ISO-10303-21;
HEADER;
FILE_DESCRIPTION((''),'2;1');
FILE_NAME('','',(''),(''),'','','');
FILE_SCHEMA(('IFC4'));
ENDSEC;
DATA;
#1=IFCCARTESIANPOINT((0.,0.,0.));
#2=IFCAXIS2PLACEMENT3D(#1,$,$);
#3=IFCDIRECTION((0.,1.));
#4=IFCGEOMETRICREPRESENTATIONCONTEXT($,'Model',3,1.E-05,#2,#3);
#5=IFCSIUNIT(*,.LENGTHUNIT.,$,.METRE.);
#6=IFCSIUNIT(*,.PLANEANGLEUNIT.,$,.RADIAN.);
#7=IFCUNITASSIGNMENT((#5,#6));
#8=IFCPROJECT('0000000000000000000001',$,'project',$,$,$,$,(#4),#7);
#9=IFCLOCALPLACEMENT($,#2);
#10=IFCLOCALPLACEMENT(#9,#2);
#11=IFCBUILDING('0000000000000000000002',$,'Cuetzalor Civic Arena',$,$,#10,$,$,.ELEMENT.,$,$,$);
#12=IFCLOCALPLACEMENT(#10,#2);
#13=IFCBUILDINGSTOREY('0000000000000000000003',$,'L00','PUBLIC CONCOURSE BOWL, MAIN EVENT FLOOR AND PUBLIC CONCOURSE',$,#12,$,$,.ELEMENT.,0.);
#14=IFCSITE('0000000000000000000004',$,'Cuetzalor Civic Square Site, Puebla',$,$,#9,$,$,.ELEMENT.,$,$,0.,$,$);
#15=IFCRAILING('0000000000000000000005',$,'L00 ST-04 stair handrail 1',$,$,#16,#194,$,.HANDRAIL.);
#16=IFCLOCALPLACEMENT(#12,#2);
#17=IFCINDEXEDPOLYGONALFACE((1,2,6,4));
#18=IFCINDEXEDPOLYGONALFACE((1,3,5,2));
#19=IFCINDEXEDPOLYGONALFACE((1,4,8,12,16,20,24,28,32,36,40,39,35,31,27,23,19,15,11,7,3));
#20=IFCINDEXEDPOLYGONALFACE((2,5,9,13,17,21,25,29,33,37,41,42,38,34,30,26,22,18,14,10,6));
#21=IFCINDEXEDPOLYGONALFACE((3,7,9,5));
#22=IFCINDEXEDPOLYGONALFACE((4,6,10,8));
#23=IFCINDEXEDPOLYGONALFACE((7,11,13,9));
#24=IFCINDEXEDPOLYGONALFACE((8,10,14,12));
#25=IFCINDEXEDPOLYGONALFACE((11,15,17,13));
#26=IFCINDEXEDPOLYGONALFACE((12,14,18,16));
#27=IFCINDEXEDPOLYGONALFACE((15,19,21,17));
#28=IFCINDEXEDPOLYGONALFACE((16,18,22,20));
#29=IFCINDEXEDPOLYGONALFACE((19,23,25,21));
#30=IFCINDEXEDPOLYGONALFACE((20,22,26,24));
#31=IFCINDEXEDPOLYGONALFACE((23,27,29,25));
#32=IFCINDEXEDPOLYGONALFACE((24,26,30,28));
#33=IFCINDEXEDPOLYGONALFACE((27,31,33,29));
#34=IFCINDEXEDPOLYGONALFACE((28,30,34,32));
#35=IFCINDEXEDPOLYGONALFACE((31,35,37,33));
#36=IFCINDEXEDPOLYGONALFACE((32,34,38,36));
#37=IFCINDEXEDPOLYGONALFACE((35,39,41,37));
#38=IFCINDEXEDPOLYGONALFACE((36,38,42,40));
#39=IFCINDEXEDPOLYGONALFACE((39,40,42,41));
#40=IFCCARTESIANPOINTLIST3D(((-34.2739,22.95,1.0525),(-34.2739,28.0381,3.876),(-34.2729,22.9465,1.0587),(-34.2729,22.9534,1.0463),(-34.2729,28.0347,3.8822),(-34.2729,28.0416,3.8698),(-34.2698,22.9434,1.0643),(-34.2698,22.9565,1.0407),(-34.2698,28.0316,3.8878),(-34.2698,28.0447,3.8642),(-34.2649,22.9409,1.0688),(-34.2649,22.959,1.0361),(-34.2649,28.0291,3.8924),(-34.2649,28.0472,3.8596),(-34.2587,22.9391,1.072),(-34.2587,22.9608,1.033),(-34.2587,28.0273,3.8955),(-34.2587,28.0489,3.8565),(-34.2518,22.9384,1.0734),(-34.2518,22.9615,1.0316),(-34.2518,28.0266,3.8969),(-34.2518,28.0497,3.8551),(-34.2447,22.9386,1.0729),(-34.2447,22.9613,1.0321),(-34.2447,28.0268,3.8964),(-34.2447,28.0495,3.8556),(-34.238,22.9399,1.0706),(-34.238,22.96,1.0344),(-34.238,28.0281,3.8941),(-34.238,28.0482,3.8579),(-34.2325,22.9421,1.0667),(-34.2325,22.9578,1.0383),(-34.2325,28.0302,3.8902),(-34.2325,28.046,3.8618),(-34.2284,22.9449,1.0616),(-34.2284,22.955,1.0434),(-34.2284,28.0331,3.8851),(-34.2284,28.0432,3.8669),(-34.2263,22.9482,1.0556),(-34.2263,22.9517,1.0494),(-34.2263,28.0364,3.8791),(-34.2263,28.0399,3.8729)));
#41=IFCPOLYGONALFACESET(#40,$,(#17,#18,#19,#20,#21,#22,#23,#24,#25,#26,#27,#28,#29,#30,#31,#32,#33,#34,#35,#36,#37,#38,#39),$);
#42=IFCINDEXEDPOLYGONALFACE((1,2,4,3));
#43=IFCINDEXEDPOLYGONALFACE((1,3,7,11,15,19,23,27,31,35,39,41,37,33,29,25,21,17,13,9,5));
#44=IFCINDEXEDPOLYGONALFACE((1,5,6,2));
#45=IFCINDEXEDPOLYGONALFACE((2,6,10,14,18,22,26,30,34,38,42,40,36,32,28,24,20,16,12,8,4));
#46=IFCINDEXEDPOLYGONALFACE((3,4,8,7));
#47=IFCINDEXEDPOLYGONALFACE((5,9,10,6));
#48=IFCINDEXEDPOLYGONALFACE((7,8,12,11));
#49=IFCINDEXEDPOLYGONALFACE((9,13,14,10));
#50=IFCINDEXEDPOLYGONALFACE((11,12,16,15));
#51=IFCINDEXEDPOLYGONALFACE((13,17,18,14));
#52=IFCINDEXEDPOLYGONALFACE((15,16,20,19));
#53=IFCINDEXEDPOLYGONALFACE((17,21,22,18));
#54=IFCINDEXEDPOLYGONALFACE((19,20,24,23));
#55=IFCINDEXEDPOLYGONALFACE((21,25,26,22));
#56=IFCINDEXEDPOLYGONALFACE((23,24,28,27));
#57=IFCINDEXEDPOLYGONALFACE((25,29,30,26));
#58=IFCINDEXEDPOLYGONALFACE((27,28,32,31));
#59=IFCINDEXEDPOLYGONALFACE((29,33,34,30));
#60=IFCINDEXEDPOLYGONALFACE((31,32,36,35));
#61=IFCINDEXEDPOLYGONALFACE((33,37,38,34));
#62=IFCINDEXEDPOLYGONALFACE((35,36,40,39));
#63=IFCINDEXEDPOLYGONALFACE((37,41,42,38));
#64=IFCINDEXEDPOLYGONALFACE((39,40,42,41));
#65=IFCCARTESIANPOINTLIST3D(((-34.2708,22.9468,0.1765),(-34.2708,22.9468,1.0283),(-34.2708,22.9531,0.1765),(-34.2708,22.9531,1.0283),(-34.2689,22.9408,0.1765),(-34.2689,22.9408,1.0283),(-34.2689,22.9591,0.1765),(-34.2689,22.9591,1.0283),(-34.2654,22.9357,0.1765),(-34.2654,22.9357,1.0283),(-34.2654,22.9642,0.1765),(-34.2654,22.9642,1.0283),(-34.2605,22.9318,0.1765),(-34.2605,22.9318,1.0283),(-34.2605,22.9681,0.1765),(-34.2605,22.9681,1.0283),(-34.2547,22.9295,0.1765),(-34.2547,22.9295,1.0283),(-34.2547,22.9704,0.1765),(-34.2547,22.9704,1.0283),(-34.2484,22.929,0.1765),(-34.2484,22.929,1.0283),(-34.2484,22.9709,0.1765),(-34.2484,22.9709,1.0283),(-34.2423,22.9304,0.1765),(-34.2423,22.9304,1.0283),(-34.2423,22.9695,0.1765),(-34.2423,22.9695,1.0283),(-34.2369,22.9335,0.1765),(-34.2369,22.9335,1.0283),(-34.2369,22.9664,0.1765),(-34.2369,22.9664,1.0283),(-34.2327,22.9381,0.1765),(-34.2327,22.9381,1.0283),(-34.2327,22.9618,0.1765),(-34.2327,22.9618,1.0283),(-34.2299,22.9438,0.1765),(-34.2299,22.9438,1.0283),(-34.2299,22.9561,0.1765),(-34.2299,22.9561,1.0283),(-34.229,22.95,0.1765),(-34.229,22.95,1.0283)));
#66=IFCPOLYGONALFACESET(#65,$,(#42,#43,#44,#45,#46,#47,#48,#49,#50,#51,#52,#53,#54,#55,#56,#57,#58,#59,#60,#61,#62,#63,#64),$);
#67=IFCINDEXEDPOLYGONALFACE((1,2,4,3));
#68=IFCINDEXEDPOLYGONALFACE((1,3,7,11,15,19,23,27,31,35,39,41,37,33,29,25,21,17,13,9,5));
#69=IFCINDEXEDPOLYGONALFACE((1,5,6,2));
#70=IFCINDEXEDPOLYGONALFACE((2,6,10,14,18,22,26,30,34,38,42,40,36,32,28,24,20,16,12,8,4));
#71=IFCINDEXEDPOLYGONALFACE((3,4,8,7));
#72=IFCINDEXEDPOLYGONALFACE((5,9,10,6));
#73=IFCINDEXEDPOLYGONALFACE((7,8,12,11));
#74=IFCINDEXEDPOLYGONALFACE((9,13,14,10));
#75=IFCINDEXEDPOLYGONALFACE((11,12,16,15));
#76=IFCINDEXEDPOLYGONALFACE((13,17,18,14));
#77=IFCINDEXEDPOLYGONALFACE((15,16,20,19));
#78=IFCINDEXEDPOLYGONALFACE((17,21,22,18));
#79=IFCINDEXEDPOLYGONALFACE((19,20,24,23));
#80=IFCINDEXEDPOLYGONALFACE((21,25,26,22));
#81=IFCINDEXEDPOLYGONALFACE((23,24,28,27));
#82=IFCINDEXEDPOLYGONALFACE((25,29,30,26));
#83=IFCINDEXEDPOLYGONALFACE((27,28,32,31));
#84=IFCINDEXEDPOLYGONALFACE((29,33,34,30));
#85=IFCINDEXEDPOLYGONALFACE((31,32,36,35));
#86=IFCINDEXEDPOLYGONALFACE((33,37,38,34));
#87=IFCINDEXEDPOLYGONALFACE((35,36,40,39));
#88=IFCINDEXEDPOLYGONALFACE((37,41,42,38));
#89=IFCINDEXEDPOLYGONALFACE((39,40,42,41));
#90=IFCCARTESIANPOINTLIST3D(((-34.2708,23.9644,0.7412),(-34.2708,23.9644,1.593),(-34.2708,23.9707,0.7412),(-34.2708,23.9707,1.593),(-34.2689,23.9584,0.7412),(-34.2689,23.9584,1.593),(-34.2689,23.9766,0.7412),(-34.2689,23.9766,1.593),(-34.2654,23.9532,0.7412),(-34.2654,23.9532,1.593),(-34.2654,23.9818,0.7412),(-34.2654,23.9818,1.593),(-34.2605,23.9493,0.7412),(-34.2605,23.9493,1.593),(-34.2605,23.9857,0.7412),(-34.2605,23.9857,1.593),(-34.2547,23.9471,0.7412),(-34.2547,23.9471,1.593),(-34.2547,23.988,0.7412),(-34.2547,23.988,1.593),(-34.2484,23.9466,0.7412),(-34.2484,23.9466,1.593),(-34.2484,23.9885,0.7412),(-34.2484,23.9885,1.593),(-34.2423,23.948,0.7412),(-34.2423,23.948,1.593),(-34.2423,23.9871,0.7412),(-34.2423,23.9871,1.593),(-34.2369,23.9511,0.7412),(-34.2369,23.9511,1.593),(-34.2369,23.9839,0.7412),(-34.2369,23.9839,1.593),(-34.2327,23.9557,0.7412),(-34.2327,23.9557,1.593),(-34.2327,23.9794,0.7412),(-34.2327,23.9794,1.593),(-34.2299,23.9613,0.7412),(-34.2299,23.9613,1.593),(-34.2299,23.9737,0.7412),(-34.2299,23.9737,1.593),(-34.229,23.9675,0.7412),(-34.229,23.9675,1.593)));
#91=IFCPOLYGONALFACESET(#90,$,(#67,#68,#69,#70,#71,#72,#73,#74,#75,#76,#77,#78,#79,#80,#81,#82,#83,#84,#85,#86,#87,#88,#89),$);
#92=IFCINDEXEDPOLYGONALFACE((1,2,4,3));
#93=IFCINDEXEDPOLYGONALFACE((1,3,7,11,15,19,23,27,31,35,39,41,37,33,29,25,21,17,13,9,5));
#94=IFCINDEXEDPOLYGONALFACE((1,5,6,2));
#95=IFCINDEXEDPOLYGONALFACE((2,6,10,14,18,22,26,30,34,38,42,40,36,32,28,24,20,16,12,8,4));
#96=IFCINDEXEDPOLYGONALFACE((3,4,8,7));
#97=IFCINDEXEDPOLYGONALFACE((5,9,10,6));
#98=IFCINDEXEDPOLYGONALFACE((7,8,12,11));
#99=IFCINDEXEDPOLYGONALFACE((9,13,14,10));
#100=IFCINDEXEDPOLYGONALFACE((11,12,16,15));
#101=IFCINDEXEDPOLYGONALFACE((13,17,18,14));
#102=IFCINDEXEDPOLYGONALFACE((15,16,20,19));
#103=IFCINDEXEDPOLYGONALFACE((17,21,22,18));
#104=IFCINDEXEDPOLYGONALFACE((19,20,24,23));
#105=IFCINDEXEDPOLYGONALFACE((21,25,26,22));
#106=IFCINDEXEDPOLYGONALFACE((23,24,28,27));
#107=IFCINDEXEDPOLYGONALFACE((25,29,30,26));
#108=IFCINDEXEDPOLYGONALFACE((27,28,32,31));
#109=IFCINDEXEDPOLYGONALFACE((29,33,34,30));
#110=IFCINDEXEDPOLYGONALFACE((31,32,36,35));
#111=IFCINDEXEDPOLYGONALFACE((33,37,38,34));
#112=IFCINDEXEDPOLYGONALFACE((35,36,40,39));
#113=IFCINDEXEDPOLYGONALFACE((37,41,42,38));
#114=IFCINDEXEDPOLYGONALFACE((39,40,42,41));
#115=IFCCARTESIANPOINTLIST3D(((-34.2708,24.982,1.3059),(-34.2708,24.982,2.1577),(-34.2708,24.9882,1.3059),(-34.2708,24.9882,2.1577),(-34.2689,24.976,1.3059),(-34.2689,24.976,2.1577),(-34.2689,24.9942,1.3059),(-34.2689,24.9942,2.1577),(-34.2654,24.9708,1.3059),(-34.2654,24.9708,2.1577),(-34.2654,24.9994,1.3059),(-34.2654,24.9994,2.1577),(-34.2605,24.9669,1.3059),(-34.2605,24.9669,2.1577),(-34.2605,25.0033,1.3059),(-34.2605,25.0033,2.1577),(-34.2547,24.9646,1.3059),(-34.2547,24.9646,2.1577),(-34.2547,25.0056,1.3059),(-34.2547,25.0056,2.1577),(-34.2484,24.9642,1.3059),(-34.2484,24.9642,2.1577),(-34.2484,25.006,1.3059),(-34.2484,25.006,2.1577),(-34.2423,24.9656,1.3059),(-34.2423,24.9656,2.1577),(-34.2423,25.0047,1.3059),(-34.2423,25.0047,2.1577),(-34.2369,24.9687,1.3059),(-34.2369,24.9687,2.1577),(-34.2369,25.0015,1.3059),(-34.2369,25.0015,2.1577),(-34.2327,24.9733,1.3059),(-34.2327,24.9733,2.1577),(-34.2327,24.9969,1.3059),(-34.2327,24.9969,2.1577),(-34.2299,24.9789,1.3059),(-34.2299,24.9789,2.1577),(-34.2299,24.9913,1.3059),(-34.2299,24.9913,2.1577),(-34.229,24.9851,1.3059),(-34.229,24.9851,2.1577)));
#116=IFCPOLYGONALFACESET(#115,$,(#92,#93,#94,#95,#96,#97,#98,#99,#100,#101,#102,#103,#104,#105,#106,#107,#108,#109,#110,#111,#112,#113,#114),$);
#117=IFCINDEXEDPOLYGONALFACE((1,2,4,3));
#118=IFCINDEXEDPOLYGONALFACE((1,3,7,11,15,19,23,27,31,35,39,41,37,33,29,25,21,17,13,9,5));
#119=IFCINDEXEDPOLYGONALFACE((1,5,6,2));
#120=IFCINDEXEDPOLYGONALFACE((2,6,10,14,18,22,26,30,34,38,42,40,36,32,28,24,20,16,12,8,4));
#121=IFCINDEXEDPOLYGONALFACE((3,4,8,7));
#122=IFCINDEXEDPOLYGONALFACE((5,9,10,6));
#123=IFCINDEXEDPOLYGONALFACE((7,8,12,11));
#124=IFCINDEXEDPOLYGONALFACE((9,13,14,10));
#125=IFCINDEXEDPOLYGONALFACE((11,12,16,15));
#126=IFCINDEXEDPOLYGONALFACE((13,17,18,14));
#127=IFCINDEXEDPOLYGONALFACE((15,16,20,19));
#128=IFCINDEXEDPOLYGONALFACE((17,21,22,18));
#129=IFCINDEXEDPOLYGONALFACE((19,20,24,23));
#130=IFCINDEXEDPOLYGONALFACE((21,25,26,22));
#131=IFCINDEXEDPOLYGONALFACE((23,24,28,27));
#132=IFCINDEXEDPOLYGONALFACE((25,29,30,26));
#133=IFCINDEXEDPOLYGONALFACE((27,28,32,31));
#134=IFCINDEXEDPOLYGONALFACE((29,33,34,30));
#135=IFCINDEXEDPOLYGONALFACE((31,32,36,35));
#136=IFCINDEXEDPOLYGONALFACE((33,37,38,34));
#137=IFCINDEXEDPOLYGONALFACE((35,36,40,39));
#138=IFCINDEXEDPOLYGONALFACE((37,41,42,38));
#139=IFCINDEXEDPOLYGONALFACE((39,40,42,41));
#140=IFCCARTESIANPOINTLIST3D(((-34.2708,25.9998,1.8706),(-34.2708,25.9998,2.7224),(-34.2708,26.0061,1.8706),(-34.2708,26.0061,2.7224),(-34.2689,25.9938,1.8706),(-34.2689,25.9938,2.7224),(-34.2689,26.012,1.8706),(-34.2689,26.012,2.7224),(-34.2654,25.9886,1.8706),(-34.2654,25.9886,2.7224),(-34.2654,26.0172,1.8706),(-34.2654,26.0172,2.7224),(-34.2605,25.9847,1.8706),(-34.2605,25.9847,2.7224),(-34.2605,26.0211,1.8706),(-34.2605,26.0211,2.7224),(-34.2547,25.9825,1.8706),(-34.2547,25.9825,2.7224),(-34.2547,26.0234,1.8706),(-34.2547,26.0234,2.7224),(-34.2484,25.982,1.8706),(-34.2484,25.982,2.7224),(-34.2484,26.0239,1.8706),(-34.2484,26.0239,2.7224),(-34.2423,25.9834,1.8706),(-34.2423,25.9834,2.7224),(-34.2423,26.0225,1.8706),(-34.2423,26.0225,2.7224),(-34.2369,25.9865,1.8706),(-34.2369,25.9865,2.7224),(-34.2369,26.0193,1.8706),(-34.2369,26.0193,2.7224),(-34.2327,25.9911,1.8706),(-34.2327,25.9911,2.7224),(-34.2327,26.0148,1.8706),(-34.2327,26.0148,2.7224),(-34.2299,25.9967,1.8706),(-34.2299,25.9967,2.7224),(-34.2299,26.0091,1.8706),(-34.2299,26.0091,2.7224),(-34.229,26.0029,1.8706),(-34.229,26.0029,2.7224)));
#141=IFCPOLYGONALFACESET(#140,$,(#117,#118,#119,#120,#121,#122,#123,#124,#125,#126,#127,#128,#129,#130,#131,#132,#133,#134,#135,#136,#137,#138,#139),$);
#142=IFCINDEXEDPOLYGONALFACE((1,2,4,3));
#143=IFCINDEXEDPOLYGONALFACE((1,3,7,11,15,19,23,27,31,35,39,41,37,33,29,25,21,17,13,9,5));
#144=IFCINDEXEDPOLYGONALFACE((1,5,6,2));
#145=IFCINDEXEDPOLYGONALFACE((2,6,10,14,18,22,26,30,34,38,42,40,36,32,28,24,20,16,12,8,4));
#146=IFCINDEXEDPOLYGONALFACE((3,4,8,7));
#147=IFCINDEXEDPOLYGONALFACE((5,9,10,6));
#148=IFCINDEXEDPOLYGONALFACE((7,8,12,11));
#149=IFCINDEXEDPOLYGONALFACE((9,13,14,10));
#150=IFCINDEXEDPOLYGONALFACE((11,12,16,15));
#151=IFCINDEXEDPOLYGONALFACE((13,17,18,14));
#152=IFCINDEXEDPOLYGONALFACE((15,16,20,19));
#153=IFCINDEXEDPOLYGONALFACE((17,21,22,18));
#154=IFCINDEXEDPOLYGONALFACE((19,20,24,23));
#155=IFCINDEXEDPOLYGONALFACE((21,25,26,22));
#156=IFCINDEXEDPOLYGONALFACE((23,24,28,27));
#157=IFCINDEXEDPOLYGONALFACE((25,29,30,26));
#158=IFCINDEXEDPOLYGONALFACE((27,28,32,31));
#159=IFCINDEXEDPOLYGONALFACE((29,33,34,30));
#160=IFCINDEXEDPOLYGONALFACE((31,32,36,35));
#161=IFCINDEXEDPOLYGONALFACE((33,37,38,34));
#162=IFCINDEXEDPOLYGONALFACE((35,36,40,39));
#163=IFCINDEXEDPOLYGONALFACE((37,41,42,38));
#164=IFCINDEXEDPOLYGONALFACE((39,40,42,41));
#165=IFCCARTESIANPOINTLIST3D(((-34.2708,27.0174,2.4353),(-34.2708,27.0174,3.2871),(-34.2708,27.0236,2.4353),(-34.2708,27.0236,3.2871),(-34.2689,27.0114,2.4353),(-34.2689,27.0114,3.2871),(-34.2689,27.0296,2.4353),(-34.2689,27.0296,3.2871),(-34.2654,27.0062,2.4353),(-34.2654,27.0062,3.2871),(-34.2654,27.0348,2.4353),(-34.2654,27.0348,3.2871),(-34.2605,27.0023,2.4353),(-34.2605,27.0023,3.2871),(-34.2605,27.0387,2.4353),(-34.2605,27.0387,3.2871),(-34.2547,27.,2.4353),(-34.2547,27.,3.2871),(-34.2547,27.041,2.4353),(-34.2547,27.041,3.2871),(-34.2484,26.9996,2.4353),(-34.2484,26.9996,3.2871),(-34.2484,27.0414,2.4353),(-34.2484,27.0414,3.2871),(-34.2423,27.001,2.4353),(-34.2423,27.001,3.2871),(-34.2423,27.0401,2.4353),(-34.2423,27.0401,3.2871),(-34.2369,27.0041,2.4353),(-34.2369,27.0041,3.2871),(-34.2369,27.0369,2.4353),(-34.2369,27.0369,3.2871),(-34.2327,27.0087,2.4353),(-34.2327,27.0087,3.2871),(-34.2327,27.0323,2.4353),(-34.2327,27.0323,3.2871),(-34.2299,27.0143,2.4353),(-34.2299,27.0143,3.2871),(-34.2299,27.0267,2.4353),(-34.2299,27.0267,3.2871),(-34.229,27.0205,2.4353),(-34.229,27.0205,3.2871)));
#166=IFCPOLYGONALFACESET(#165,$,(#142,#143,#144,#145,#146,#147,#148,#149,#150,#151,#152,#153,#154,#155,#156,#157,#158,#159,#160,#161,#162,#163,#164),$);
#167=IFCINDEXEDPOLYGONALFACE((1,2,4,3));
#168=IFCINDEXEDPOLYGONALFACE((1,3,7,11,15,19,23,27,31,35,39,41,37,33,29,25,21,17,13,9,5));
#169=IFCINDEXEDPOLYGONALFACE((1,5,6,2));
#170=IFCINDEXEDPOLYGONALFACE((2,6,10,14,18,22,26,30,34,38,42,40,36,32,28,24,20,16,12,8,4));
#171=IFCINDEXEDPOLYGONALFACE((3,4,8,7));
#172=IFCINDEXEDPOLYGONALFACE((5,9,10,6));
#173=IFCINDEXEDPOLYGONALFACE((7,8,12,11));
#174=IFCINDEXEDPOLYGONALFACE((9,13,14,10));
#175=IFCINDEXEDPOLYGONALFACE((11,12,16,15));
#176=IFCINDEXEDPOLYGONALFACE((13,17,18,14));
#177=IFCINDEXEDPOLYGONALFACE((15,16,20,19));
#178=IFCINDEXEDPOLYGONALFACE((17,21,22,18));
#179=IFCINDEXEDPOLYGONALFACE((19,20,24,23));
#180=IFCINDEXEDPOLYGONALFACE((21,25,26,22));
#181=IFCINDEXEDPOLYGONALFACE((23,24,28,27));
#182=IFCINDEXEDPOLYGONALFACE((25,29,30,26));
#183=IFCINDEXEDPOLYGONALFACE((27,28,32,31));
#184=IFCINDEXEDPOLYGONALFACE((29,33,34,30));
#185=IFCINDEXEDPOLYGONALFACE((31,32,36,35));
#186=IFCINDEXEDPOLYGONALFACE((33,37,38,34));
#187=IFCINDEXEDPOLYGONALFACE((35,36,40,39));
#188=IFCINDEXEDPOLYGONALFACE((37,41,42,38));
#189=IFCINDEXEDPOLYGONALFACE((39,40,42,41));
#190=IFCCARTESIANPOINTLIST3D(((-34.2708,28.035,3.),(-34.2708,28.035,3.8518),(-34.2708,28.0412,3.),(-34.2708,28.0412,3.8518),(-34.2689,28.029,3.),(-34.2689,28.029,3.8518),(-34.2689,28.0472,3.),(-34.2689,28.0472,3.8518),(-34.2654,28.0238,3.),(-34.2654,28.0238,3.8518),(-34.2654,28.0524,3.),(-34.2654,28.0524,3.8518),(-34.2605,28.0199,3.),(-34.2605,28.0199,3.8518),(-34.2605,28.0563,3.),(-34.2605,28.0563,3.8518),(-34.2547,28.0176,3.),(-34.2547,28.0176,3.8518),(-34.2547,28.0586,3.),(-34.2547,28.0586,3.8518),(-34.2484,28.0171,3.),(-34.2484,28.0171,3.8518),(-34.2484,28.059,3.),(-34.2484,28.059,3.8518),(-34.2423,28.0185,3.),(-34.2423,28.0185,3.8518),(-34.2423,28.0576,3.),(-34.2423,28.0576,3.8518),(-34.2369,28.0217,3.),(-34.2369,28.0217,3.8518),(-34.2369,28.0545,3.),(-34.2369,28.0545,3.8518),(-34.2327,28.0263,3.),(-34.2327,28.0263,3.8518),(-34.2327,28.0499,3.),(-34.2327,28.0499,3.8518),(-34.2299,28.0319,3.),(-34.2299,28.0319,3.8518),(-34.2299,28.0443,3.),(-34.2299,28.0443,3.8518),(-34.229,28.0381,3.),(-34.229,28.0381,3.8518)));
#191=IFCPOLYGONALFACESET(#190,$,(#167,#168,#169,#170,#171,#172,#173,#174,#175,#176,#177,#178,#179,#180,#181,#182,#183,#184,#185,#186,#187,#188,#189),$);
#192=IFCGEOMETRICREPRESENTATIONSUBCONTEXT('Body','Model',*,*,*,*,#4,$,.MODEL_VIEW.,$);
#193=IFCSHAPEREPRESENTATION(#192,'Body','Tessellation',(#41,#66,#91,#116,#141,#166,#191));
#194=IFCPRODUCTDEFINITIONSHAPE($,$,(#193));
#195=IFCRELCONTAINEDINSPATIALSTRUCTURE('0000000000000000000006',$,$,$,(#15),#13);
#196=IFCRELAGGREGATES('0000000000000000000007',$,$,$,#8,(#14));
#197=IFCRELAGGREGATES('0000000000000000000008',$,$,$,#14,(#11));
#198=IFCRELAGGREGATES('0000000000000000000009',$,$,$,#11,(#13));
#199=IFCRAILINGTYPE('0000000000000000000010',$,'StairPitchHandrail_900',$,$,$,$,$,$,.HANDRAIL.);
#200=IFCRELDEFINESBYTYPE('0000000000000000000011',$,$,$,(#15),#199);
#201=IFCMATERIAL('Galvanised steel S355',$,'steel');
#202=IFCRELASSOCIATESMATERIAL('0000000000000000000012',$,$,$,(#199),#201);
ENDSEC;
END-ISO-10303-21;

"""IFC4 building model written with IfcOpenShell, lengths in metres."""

from ifc_helpers import new_model, si_unit, direction, frame, origin, origin_2d, place, context, subcontext, project, spatial, circle, extrude, material, type_object, element, save


model = new_model("IFC4")

# Units and contexts
model_context = context("Model", 3, precision=1e-05, world=origin(), true_north=direction((0.0, 1.0)))
body_context = subcontext(model_context, "Body", "Model", "MODEL_VIEW")
ifc_project = project(units=[si_unit("LENGTHUNIT", "METRE"), si_unit("PLANEANGLEUNIT", "RADIAN")], contexts=[model_context])

# Site, building, storey
site_placement = place(None, origin())
site = spatial("IfcSite", under=ifc_project, at=site_placement, Name="Cuetzalor Civic Square Site, Puebla", CompositionType="ELEMENT", RefElevation=0.0)
building_placement = place(site_placement, origin())
building = spatial("IfcBuilding", under=site, at=building_placement, Name="Cuetzalor Civic Arena", CompositionType="ELEMENT")
storey_placement = place(building_placement, origin())
storey = spatial("IfcBuildingStorey", under=building, at=storey_placement, Name="L00", Description="PUBLIC CONCOURSE BOWL, MAIN EVENT FLOOR AND PUBLIC CONCOURSE", CompositionType="ELEMENT", Elevation=0.0)

# Railing
ifc_material_1 = material(Name="Galvanised steel S355", Category="steel")
railing_type = type_object("IfcRailingType", Name="StairPitchHandrail_900", PredefinedType="HANDRAIL", material=ifc_material_1)
railing_placement = place(storey_placement, frame((-34.25, 22.95, 0.1765)))
element("IfcRailing", 1, at=railing_placement, inside=storey, type_object=railing_type, Name="L00 ST-04 stair handrail 1", PredefinedType="HANDRAIL", context=body_context, shape_type="SweptSolid", body=[
    extrude(circle(Radius=0.0239, at=origin_2d()), frame((0.0, 0.0, 0.876), z_axis=(0.0, 0.874395, 0.485215), x_axis=(-1.0, 0.0, 0.0)), (0.0, 0.0, 1.0), 5.8191),
    extrude(circle(Radius=0.021, at=origin_2d()), origin(), (0.0, 0.0, 1.0), 0.8518),
    extrude(circle(Radius=0.021, at=origin_2d()), frame((0.0, 1.0176, 0.5647)), (0.0, 0.0, 1.0), 0.8518),
    extrude(circle(Radius=0.021, at=origin_2d()), frame((0.0, 2.0352, 1.1294)), (0.0, 0.0, 1.0), 0.8518),
    extrude(circle(Radius=0.021, at=origin_2d()), frame((0.0, 3.053, 1.6941)), (0.0, 0.0, 1.0), 0.8518),
    extrude(circle(Radius=0.021, at=origin_2d()), frame((0.0, 4.0706, 2.2588)), (0.0, 0.0, 1.0), 0.8518),
    extrude(circle(Radius=0.021, at=origin_2d()), frame((0.0, 5.0881, 2.8235)), (0.0, 0.0, 1.0), 0.8518),
])

save(model, "model.ifc")
